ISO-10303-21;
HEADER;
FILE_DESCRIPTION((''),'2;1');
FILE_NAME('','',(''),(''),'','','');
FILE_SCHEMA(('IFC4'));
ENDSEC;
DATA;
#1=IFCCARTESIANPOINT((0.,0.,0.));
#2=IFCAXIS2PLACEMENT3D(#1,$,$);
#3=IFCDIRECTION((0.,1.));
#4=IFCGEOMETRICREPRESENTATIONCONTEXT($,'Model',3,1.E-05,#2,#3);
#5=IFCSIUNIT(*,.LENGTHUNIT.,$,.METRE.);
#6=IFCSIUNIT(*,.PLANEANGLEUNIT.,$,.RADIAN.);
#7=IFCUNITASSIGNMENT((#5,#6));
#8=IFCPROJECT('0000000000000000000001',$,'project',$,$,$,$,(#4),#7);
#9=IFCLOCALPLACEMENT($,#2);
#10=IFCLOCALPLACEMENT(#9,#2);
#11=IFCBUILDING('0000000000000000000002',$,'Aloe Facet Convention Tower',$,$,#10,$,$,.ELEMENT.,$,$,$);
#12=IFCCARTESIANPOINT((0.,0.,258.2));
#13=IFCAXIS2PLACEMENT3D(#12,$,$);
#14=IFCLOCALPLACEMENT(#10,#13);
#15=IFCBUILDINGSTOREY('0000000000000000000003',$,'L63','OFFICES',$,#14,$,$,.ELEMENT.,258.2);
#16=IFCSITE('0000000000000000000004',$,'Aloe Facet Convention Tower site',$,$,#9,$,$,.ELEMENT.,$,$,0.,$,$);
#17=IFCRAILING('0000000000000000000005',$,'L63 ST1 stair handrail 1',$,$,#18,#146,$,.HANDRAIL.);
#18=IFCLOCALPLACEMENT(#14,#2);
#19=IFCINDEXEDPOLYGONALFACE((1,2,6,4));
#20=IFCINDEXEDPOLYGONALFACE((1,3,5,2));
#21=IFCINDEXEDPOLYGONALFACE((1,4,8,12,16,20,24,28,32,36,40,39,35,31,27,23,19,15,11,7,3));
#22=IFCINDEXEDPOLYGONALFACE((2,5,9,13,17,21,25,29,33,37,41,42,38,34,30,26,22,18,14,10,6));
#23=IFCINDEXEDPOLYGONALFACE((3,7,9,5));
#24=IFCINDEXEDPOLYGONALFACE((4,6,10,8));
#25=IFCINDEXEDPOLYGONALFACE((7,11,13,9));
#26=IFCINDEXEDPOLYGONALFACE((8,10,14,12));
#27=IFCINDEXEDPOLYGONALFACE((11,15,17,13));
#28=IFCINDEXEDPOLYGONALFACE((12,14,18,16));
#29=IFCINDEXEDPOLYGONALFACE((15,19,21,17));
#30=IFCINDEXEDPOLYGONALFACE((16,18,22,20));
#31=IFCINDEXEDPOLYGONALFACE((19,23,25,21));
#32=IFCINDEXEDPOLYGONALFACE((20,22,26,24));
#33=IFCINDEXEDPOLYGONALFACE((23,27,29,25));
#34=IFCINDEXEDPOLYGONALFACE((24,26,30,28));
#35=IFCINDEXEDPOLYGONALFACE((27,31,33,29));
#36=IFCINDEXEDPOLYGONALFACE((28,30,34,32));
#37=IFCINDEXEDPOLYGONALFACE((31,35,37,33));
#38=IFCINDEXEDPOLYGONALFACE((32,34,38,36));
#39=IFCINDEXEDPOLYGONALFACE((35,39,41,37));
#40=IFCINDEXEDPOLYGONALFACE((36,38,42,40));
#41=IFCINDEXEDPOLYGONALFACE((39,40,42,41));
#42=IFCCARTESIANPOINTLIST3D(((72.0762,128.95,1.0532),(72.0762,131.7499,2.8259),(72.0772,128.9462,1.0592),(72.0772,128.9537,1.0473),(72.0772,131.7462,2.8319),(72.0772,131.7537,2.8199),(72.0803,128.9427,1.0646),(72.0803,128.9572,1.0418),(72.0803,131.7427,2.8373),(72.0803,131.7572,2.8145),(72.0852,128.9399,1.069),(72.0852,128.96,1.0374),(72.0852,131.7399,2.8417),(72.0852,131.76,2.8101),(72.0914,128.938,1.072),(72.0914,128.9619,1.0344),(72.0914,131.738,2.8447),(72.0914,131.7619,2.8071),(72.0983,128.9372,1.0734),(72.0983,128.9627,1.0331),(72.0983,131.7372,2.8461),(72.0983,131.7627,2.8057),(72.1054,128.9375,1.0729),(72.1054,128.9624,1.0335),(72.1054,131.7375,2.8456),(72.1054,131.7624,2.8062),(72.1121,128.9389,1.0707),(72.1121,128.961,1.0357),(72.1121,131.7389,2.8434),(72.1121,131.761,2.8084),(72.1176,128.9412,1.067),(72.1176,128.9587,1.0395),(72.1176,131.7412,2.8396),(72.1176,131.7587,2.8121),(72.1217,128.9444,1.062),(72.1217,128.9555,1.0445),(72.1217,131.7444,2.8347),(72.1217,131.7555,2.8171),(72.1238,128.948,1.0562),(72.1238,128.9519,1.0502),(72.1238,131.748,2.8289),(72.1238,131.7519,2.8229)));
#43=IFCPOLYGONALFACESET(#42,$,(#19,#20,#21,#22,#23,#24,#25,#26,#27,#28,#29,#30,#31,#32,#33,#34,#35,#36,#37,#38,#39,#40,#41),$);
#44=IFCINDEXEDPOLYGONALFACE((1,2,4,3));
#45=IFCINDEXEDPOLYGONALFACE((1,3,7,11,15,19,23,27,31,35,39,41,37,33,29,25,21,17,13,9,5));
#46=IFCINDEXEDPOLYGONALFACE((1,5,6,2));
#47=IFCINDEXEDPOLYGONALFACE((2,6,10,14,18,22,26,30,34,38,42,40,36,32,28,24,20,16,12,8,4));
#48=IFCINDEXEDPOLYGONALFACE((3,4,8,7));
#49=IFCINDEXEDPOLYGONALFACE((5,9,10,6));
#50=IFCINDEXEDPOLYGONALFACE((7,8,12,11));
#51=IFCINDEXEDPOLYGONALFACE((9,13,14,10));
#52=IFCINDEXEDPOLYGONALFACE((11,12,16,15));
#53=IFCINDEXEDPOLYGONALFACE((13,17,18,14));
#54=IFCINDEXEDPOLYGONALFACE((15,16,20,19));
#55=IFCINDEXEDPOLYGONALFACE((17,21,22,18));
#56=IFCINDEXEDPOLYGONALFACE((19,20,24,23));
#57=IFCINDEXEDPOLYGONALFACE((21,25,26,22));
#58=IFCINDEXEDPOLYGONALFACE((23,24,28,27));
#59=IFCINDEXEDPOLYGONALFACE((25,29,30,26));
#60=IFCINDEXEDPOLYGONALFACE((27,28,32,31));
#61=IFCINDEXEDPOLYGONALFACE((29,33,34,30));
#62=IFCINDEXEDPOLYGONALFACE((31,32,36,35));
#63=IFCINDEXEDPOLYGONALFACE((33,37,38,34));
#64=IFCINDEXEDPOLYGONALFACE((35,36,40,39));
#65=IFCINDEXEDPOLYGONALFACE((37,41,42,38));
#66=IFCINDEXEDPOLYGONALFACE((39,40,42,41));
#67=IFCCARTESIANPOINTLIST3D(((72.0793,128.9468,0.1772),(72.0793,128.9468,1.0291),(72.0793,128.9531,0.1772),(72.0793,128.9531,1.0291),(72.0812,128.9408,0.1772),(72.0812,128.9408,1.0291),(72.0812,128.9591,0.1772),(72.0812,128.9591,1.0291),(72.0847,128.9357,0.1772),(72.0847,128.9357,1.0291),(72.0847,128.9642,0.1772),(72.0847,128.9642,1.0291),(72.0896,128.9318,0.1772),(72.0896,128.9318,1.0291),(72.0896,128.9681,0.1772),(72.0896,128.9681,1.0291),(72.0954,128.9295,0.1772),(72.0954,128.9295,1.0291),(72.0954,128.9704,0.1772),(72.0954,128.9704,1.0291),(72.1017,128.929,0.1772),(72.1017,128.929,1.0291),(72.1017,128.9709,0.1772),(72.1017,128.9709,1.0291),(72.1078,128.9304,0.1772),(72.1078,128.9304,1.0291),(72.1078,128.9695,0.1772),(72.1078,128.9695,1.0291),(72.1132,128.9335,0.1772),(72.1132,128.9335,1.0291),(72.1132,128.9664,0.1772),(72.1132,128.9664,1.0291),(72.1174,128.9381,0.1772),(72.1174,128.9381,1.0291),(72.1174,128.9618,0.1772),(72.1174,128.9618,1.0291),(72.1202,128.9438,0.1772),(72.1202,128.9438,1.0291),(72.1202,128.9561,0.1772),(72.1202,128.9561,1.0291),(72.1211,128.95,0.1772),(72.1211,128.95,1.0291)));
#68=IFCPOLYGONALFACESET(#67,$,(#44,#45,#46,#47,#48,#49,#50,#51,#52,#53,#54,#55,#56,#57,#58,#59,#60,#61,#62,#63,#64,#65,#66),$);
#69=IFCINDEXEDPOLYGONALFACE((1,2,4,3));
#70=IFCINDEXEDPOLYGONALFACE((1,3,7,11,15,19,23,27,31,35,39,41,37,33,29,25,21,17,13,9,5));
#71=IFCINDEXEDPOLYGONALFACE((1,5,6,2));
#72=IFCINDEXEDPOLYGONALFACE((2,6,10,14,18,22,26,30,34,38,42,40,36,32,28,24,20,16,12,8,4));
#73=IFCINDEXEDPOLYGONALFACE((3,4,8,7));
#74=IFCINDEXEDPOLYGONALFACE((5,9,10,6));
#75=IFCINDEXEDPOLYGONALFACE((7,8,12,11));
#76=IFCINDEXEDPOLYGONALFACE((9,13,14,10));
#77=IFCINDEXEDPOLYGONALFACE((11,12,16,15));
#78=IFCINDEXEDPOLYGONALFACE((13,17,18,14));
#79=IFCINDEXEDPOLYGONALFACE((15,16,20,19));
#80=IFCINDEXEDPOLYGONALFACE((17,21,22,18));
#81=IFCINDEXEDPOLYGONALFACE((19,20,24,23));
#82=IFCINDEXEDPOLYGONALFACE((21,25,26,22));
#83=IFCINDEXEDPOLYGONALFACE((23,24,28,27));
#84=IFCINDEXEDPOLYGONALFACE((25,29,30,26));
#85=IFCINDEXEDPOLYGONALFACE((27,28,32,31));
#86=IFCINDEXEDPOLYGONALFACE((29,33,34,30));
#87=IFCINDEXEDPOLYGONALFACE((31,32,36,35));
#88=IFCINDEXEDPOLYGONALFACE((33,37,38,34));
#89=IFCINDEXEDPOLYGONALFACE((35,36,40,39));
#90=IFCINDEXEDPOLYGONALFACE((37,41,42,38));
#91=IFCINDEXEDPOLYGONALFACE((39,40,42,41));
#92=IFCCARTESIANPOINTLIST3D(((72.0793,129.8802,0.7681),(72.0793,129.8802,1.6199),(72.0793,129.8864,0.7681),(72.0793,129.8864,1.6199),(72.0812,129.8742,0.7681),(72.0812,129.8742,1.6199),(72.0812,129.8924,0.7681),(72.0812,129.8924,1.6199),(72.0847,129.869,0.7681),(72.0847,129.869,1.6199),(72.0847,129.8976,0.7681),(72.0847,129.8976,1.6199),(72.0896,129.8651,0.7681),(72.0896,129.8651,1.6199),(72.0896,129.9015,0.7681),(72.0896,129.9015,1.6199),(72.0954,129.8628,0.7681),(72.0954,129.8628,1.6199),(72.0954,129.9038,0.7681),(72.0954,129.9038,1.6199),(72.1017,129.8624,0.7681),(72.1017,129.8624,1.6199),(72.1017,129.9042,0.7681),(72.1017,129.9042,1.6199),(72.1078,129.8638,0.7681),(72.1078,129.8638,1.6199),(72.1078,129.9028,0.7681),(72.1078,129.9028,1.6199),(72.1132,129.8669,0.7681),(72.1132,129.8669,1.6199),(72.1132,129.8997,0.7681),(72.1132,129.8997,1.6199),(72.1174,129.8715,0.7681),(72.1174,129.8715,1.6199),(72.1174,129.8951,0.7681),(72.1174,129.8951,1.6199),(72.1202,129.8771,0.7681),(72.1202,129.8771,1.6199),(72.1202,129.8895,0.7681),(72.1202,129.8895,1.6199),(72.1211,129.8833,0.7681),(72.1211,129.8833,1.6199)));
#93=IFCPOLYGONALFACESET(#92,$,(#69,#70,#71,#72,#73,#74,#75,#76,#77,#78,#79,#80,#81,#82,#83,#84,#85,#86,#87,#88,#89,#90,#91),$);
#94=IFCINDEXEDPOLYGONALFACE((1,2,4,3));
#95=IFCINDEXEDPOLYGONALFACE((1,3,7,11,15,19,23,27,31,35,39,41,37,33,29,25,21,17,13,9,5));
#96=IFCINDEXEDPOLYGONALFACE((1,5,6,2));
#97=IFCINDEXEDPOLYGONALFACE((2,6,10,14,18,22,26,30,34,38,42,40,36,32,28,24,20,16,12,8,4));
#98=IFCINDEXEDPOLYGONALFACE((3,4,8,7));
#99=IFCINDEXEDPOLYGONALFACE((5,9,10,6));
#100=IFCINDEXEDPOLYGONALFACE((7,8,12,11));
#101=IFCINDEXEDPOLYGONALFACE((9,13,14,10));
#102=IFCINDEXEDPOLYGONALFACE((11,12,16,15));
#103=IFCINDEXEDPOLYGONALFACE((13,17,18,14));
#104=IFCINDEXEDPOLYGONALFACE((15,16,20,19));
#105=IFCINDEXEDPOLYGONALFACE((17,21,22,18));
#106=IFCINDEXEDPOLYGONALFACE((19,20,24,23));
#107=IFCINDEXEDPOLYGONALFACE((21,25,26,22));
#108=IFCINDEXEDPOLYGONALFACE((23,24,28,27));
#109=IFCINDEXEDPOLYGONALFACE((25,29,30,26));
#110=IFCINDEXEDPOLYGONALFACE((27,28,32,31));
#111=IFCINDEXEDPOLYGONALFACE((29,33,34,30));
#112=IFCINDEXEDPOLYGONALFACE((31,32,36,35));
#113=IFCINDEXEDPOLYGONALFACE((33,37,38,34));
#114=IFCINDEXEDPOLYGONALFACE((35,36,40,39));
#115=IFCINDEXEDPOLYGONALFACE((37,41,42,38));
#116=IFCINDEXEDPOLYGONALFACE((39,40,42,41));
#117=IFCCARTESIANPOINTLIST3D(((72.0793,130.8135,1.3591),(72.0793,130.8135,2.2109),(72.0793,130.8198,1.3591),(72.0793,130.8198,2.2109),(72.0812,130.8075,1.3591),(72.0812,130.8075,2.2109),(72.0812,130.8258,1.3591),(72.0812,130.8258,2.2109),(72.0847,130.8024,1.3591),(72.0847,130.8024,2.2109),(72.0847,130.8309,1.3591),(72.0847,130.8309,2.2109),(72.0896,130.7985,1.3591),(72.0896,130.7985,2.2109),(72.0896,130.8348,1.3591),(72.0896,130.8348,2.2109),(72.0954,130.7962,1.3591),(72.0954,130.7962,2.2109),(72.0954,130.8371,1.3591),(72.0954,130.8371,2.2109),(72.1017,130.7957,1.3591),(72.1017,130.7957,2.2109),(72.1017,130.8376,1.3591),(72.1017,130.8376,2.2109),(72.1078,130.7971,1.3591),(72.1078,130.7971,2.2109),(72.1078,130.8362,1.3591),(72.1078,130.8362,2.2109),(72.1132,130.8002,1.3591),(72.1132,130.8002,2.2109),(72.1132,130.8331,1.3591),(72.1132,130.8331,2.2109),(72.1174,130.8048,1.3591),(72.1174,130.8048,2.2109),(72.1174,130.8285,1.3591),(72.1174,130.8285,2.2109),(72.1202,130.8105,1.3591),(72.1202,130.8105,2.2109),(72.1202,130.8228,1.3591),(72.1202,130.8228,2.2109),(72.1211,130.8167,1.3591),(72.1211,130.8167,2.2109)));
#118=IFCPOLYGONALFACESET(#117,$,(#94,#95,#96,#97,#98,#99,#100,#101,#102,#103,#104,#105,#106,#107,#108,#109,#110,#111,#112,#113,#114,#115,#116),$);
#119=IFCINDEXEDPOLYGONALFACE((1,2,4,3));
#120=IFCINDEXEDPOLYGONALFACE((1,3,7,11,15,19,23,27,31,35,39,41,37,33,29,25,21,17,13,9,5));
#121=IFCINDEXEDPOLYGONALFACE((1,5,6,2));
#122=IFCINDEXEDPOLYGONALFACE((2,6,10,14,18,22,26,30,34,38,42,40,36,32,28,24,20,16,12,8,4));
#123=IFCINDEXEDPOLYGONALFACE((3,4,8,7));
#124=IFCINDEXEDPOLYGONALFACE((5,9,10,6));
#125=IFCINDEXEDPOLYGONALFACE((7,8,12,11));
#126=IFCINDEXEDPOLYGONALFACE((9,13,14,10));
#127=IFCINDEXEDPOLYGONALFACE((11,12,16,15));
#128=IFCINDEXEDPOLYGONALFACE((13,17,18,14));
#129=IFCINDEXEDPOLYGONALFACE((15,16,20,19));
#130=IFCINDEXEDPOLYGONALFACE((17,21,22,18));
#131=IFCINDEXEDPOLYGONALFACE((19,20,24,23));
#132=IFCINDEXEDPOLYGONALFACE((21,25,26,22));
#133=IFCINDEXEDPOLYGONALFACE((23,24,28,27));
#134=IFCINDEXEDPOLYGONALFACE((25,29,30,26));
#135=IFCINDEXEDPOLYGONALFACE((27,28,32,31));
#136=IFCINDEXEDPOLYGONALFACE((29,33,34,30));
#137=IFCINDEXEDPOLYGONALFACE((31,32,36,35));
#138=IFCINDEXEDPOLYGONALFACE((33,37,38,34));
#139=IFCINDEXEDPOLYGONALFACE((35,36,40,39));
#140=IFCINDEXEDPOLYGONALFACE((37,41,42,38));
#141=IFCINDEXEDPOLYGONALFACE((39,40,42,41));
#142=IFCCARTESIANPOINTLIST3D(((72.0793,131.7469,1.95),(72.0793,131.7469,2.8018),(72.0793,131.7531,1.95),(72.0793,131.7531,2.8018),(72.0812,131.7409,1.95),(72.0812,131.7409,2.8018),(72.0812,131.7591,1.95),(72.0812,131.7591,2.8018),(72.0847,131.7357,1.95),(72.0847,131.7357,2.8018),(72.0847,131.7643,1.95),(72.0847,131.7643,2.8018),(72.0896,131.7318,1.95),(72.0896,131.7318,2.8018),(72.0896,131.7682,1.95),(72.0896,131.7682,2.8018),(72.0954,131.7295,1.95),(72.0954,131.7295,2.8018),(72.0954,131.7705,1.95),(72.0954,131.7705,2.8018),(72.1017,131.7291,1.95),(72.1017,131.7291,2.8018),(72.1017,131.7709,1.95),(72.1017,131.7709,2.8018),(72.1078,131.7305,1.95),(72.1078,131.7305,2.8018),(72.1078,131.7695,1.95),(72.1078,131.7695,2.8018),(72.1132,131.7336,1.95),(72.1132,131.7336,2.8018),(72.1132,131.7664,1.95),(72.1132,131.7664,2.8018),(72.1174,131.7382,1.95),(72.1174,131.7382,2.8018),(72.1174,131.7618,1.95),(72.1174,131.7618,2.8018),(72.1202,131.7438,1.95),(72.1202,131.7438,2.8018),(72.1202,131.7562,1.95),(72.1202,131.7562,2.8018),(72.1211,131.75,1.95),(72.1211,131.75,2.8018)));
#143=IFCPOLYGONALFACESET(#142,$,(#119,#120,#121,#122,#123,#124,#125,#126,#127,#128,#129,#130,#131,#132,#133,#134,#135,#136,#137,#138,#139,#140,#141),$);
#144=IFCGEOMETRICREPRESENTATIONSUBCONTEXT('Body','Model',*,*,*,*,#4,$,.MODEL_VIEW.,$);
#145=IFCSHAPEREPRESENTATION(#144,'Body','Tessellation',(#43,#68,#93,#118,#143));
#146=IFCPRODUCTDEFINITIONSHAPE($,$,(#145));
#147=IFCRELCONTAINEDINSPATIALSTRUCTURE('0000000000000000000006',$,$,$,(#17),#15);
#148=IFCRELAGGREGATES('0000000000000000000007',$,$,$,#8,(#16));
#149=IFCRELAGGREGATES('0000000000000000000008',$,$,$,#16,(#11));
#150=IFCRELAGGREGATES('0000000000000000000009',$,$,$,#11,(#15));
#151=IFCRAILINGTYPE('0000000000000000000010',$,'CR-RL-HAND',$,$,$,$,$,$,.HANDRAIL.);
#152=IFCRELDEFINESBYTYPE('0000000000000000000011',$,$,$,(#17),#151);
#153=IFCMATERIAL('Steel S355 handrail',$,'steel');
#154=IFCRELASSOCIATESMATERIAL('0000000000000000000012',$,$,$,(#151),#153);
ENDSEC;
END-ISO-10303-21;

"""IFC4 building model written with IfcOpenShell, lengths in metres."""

from ifc_helpers import new_model, si_unit, direction, frame, origin, origin_2d, place, context, subcontext, project, spatial, circle, extrude, material, type_object, element, save


model = new_model("IFC4")

# Units and contexts
model_context = context("Model", 3, precision=1e-05, world=origin(), true_north=direction((0.0, 1.0)))
body_context = subcontext(model_context, "Body", "Model", "MODEL_VIEW")
ifc_project = project(units=[si_unit("LENGTHUNIT", "METRE"), si_unit("PLANEANGLEUNIT", "RADIAN")], contexts=[model_context])

# Site, building, storey
site_placement = place(None, origin())
site = spatial("IfcSite", under=ifc_project, at=site_placement, Name="Aloe Facet Convention Tower site", CompositionType="ELEMENT", RefElevation=0.0)
building_placement = place(site_placement, origin())
building = spatial("IfcBuilding", under=site, at=building_placement, Name="Aloe Facet Convention Tower", CompositionType="ELEMENT")
storey_placement = place(building_placement, frame((0.0, 0.0, 258.2)))
storey = spatial("IfcBuildingStorey", under=building, at=storey_placement, Name="L63", Description="OFFICES", CompositionType="ELEMENT", Elevation=258.2)

# Railing
ifc_material_1 = material(Name="Steel S355 handrail", Category="steel")
railing_type_1 = type_object("IfcRailingType", Name="CR-RL-HAND", PredefinedType="HANDRAIL", material=ifc_material_1)
railing_1_placement = place(storey_placement, frame((72.1001, 128.95, 0.1772)))
element("IfcRailing", 1, at=railing_1_placement, inside=storey, type_object=railing_type_1, Name="L63 ST1 stair handrail 1", PredefinedType="HANDRAIL", context=body_context, shape_type="SweptSolid", body=[
    extrude(circle(Radius=0.0239, at=origin_2d()), frame((0.0, 0.0, 0.876), z_axis=(0.0, 0.844909, 0.53491), x_axis=(-1.0, 0.0, 0.0)), (0.0, 0.0, 1.0), 3.314),
    extrude(circle(Radius=0.021, at=origin_2d()), origin(), (0.0, 0.0, 1.0), 0.8518),
    extrude(circle(Radius=0.021, at=origin_2d()), frame((0.0, 0.9333, 0.5908)), (0.0, 0.0, 1.0), 0.8518),
    extrude(circle(Radius=0.021, at=origin_2d()), frame((0.0, 1.8667, 1.1819)), (0.0, 0.0, 1.0), 0.8518),
    extrude(circle(Radius=0.021, at=origin_2d()), frame((0.0, 2.8, 1.7727)), (0.0, 0.0, 1.0), 0.8518),
])

save(model, "model.ifc")
